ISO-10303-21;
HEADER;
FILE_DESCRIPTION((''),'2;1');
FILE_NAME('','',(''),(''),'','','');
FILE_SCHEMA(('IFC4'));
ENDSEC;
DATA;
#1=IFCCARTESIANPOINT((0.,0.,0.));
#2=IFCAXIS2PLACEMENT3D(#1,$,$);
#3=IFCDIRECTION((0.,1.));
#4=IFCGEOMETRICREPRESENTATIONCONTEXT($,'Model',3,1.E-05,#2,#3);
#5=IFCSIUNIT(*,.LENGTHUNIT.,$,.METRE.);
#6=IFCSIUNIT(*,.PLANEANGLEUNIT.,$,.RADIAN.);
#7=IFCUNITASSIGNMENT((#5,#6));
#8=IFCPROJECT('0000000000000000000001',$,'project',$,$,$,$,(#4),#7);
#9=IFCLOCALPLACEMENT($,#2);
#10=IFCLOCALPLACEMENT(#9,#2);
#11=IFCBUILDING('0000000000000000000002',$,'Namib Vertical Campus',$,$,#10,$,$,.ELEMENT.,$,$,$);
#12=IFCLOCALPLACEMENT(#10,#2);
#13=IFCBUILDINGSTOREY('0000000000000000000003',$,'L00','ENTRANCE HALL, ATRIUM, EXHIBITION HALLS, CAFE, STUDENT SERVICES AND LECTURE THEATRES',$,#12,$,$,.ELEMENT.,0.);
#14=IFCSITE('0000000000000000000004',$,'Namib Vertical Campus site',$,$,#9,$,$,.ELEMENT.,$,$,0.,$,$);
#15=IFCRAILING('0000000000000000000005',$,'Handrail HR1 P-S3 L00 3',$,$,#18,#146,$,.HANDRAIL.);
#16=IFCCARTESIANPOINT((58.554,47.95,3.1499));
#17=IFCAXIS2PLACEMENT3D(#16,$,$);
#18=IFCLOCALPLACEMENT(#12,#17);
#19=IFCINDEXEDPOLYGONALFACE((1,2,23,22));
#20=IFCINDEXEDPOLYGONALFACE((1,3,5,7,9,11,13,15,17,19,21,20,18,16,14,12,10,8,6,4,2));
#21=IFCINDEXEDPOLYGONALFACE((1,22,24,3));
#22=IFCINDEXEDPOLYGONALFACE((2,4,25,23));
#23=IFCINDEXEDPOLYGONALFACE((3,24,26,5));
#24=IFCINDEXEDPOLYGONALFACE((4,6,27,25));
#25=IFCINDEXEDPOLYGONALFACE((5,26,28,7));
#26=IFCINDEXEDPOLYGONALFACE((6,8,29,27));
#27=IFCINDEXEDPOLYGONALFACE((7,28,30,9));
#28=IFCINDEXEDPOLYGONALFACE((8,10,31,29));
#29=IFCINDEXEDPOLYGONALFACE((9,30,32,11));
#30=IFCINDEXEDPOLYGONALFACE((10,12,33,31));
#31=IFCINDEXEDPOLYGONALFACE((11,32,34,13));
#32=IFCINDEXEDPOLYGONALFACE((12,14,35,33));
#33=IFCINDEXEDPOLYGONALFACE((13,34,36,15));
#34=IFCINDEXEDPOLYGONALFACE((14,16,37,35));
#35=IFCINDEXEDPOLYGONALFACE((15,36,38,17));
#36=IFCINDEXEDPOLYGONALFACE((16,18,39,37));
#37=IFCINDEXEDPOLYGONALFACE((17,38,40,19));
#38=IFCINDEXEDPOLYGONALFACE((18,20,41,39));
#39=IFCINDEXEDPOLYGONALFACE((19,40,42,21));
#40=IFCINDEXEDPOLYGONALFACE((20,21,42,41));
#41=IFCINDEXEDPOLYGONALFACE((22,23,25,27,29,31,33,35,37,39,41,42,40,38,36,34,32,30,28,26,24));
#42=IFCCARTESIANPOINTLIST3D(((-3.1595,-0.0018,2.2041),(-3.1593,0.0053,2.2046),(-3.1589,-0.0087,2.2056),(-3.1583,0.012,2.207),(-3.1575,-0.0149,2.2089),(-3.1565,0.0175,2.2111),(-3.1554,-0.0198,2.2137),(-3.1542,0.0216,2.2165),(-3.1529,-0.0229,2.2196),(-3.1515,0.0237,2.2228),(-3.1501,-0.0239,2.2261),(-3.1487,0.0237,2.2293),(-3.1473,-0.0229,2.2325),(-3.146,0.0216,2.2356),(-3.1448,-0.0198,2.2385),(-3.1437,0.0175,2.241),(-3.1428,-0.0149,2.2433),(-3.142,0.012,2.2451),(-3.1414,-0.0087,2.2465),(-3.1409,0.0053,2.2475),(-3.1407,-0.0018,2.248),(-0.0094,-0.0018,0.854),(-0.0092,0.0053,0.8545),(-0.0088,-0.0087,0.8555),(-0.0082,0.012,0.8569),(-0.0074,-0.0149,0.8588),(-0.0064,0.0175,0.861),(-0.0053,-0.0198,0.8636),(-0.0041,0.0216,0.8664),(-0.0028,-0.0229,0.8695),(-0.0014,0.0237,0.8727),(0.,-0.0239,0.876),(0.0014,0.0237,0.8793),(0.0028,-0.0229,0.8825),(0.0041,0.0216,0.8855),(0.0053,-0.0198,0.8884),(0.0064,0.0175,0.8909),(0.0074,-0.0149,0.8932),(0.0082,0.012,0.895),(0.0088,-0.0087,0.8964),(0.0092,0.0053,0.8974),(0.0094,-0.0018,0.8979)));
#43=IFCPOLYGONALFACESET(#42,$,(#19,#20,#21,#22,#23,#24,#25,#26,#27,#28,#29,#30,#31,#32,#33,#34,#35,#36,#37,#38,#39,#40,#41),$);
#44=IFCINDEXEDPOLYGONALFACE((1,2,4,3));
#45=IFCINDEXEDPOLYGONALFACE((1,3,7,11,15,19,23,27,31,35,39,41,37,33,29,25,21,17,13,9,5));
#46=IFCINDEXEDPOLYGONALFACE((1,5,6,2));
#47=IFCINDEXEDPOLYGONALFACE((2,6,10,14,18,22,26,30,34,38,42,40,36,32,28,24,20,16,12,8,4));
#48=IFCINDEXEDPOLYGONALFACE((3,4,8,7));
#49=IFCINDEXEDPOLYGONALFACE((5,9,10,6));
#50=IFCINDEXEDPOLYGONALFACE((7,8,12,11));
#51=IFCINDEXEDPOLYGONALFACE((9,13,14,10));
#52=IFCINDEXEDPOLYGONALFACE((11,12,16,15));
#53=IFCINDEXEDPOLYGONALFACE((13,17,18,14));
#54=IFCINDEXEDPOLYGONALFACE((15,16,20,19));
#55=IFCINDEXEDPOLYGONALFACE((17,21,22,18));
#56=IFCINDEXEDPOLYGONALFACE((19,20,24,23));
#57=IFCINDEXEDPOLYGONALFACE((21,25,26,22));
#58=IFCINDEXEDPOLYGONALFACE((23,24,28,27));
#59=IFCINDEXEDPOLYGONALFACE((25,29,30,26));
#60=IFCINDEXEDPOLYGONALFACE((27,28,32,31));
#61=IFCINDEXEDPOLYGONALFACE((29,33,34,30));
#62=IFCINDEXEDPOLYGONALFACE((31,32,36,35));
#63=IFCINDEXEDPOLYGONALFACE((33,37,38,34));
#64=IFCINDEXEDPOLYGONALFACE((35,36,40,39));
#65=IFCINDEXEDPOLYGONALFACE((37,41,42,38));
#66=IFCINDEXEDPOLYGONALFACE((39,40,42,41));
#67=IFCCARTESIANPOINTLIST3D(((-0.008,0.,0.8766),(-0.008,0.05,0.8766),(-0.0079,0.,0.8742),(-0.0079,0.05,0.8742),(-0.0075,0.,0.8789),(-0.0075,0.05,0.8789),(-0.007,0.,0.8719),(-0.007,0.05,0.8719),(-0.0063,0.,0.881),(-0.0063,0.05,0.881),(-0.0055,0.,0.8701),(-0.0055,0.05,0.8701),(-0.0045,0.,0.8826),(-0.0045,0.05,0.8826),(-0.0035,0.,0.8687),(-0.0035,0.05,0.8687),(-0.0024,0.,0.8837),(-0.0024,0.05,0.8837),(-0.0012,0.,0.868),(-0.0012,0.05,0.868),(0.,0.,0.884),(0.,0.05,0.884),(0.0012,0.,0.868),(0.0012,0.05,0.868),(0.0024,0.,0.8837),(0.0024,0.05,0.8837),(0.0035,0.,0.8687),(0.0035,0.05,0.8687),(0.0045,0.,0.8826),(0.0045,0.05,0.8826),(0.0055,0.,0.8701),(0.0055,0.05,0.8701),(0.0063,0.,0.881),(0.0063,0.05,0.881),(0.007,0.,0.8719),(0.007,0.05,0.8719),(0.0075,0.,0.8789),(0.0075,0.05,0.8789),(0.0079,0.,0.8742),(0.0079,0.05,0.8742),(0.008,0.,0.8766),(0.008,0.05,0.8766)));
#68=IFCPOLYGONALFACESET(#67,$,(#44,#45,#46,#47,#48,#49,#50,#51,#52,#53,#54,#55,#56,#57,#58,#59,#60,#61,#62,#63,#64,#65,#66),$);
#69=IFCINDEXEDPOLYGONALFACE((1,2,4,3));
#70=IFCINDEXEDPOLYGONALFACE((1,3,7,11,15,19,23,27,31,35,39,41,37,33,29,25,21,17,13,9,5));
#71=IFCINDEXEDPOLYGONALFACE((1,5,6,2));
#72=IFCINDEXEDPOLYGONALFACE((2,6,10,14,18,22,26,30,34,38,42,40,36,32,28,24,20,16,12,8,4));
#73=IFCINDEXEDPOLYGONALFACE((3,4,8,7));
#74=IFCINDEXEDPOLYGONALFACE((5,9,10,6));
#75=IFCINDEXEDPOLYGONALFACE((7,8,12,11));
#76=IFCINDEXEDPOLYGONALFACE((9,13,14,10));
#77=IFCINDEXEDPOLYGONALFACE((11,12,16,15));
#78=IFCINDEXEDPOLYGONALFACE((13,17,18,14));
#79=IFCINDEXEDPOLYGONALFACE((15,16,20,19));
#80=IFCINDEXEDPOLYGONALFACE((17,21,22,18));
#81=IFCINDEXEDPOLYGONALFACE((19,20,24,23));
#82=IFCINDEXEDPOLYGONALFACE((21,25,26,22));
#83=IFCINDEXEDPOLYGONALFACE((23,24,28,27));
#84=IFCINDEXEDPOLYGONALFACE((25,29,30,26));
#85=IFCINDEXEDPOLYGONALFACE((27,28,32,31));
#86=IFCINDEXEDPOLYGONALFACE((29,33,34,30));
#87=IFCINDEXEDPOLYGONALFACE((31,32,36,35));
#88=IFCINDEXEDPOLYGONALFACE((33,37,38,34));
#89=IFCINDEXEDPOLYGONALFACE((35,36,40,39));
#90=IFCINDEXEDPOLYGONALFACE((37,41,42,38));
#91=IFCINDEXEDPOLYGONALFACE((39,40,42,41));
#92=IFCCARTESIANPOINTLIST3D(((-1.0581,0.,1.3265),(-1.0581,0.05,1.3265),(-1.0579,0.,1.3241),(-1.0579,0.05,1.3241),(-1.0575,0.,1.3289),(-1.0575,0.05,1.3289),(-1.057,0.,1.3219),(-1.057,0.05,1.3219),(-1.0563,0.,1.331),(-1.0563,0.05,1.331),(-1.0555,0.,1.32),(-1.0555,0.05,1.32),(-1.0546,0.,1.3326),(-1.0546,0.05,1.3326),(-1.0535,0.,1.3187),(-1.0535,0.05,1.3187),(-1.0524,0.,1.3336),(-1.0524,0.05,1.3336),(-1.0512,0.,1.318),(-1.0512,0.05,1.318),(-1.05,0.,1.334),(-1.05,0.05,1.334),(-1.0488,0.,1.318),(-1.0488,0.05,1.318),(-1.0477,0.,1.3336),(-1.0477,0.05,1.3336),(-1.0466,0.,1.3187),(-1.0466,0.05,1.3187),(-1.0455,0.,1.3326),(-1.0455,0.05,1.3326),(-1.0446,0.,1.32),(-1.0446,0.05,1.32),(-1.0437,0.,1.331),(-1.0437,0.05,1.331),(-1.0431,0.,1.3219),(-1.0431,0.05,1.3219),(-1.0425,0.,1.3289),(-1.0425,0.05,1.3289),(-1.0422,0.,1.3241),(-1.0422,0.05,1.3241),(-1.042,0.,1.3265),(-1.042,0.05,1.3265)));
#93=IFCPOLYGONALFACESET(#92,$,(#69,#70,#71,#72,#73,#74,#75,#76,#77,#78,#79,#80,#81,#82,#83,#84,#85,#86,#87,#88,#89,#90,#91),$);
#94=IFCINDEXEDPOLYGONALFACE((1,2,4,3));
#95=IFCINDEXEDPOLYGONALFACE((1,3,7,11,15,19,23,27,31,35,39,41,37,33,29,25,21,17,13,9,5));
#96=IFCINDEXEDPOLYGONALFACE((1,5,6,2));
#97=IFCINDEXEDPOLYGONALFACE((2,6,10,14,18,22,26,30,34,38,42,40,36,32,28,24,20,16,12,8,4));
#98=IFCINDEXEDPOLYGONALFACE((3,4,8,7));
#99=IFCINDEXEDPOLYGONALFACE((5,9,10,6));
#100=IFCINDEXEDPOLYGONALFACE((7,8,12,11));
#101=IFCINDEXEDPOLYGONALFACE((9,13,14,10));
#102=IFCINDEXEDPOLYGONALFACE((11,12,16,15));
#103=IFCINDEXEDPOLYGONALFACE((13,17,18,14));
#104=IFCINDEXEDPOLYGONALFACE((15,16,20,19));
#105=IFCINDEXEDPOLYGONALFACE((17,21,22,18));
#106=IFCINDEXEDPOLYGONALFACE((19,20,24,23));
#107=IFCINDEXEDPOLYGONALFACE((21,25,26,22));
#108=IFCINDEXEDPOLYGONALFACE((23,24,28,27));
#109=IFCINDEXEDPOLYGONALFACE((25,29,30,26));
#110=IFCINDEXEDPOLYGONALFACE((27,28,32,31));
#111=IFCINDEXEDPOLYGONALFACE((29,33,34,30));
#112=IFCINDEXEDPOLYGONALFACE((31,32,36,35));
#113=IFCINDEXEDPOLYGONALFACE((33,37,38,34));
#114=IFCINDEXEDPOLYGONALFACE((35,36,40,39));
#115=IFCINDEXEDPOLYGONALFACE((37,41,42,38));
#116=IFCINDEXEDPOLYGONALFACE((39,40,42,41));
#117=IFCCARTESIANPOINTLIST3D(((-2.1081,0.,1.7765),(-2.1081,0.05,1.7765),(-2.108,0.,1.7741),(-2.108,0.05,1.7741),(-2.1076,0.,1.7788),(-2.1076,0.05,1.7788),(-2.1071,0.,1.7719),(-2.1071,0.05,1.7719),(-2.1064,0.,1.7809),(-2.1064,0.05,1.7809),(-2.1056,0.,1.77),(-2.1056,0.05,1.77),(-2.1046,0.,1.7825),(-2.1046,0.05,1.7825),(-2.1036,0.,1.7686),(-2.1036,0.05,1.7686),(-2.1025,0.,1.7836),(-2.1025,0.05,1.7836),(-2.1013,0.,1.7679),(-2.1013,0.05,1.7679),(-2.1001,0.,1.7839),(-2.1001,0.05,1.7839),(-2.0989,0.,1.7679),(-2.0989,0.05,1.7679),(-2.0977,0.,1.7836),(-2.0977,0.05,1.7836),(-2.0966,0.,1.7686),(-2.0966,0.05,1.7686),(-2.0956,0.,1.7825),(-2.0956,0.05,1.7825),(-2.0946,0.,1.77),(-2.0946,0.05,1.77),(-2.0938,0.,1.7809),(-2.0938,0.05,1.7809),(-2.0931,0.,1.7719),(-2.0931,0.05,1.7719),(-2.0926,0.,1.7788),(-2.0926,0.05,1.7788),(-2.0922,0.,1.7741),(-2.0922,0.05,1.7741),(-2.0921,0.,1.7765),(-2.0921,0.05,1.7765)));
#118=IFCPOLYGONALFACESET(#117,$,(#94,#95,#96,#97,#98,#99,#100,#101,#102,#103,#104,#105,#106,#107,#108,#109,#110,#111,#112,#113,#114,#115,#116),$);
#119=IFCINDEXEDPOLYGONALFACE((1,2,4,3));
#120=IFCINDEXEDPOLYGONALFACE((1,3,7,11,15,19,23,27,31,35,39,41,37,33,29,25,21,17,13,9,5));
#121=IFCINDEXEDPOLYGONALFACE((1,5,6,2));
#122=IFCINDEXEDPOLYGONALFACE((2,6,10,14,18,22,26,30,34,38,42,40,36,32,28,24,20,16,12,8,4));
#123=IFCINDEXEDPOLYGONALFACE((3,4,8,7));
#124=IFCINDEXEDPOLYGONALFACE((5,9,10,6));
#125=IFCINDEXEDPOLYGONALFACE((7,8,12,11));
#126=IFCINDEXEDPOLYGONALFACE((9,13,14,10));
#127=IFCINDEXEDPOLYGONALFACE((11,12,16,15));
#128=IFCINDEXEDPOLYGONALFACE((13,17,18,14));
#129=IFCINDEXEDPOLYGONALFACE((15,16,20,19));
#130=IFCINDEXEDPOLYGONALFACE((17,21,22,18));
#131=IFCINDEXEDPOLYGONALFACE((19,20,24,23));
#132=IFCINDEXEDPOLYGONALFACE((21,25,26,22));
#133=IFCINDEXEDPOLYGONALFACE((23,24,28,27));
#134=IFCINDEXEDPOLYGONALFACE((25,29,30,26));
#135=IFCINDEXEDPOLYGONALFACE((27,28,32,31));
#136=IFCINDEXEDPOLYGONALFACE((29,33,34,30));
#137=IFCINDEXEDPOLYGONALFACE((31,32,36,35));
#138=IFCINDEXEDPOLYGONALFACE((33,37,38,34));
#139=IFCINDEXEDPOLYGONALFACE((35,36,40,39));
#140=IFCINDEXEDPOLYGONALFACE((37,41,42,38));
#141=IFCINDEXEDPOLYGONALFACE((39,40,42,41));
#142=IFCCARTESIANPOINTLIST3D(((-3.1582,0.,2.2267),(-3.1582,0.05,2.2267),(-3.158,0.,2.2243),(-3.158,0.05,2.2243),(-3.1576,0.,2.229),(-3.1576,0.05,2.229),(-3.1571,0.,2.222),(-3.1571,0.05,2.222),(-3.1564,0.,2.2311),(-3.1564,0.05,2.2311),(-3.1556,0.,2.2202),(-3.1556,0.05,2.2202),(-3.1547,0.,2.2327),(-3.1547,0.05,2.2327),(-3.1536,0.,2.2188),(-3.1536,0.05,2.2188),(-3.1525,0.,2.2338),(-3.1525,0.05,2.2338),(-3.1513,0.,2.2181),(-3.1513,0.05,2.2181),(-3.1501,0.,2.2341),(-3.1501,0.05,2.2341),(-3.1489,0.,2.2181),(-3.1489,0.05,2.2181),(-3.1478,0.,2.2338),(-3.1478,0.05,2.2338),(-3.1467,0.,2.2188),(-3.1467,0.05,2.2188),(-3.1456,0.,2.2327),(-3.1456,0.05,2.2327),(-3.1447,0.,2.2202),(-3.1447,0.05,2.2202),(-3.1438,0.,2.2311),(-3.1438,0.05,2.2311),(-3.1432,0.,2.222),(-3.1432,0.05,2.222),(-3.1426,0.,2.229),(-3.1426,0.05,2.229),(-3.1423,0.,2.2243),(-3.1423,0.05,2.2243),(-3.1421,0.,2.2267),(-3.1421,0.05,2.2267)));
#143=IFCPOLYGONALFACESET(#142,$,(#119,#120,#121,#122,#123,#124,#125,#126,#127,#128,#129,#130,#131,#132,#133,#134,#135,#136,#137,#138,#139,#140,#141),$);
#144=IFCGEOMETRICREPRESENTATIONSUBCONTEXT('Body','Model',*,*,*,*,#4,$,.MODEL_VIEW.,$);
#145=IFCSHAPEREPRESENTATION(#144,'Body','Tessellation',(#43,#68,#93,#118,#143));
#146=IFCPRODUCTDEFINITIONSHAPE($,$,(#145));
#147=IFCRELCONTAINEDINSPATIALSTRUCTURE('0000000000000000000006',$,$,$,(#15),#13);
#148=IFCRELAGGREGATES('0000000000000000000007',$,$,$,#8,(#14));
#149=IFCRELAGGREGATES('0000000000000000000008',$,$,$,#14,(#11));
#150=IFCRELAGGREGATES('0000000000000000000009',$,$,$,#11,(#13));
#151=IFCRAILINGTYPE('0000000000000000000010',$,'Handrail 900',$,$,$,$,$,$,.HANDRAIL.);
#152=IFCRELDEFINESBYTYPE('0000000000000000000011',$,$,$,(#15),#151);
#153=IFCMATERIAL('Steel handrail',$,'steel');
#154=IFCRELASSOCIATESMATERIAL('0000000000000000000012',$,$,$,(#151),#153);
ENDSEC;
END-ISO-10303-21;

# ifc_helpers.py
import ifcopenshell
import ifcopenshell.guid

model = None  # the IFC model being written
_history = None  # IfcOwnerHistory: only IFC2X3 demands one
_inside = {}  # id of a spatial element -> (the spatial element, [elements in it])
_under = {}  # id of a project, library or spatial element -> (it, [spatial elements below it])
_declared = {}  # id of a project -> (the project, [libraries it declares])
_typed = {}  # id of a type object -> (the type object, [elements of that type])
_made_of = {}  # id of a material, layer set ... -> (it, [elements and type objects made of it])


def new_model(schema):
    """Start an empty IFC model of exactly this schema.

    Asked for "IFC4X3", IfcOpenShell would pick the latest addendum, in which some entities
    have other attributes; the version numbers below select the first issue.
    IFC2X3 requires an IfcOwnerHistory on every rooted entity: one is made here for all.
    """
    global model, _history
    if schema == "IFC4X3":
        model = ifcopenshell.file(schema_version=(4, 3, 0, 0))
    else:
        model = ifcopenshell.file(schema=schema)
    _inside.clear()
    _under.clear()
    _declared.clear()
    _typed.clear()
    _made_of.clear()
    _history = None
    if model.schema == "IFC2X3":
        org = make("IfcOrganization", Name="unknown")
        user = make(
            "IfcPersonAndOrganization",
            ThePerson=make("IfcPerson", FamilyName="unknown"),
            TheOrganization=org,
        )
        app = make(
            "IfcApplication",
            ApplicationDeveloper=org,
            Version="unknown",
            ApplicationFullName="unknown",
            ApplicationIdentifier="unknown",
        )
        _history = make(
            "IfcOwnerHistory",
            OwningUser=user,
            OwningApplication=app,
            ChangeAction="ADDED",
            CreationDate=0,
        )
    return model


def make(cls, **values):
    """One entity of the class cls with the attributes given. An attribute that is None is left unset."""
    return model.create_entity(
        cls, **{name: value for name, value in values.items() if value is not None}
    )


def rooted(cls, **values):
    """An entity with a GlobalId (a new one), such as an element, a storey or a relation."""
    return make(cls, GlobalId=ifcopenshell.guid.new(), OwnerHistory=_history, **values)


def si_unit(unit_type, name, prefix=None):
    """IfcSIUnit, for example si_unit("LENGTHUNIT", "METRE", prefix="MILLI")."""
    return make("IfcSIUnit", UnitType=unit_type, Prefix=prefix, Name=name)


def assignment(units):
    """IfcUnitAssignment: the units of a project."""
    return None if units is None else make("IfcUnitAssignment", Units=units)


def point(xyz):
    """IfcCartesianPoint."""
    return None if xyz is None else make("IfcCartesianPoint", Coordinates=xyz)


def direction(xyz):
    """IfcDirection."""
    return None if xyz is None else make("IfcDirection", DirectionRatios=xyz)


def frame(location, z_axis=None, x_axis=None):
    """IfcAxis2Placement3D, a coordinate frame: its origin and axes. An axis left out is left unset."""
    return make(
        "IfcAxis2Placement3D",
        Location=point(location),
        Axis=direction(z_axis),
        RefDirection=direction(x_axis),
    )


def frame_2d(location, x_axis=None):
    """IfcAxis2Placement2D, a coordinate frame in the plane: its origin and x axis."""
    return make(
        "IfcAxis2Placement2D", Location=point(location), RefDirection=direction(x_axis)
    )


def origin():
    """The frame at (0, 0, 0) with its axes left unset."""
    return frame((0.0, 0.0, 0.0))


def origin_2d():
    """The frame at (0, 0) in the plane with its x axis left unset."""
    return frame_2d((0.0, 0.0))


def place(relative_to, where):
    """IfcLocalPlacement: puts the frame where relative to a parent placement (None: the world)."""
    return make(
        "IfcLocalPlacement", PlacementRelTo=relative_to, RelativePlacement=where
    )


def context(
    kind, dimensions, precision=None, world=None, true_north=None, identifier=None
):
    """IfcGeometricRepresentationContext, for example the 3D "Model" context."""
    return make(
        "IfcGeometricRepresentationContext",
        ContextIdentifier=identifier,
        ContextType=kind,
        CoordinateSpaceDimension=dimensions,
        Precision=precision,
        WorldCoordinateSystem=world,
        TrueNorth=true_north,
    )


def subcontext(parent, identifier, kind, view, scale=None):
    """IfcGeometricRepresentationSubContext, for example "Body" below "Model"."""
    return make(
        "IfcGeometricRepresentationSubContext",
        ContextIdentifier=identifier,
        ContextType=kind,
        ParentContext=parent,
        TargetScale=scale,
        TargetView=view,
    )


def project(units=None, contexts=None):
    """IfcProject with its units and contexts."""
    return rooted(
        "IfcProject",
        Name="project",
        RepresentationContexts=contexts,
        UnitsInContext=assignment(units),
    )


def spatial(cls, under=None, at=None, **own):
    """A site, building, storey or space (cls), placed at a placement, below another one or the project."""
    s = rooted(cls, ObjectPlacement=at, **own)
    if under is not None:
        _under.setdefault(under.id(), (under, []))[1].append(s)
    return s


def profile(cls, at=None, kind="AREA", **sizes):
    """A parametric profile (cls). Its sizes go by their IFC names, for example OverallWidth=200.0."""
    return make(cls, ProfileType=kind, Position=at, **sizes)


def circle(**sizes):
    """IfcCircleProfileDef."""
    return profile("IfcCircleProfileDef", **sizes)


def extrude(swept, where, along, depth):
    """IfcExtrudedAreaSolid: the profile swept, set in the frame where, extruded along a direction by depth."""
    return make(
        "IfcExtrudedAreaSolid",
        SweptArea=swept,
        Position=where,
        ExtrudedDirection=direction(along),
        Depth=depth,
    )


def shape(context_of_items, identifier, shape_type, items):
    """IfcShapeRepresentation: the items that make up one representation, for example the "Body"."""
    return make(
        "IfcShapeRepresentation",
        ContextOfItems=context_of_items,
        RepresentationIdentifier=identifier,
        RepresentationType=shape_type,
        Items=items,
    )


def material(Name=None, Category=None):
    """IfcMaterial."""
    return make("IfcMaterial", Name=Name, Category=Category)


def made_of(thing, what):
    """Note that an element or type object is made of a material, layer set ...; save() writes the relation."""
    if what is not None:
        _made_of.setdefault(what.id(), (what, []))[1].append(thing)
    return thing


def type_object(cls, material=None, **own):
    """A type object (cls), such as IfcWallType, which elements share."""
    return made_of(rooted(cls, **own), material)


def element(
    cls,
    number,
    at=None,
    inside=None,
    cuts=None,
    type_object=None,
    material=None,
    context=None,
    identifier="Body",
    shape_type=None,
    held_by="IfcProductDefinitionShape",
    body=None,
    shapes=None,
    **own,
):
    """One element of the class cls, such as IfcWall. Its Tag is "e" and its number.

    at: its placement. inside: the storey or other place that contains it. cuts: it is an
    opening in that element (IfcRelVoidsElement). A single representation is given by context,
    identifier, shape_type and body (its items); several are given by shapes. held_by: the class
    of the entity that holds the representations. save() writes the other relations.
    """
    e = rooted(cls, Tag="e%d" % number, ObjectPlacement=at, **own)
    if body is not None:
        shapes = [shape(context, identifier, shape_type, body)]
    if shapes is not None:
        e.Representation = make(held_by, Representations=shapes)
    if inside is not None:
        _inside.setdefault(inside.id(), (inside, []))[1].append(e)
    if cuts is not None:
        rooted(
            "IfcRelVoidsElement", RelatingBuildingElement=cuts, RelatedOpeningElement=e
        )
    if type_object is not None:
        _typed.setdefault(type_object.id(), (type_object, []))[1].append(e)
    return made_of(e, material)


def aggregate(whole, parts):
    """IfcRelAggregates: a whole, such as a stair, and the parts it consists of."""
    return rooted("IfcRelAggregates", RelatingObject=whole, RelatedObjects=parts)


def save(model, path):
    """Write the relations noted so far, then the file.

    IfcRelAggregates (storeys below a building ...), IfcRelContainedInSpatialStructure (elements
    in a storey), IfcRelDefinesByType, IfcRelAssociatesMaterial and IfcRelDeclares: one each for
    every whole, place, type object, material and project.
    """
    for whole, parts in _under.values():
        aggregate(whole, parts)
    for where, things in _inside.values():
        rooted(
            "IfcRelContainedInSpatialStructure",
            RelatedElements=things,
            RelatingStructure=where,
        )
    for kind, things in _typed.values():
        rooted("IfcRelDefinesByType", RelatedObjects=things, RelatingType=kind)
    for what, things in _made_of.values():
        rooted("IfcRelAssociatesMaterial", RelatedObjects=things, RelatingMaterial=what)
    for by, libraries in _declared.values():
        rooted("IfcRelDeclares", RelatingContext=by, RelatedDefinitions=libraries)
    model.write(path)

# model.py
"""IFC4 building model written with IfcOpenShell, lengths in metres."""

from ifc_helpers import new_model, si_unit, direction, frame, origin, origin_2d, place, context, subcontext, project, spatial, circle, extrude, material, type_object, element, save


model = new_model("IFC4")

# Units and contexts
model_context = context("Model", 3, precision=1e-05, world=origin(), true_north=direction((0.0, 1.0)))
body_context = subcontext(model_context, "Body", "Model", "MODEL_VIEW")
ifc_project = project(units=[si_unit("LENGTHUNIT", "METRE"), si_unit("PLANEANGLEUNIT", "RADIAN")], contexts=[model_context])

# Site, building, storey
site_placement = place(None, origin())
site = spatial("IfcSite", under=ifc_project, at=site_placement, Name="Namib Vertical Campus site", CompositionType="ELEMENT", RefElevation=0.0)
building_placement = place(site_placement, origin())
building = spatial("IfcBuilding", under=site, at=building_placement, Name="Namib Vertical Campus", CompositionType="ELEMENT")
storey_placement = place(building_placement, origin())
storey = spatial("IfcBuildingStorey", under=building, at=storey_placement, Name="L00", Description="ENTRANCE HALL, ATRIUM, EXHIBITION HALLS, CAFE, STUDENT SERVICES AND LECTURE THEATRES", CompositionType="ELEMENT", Elevation=0.0)

# Railing
ifc_material_1 = material(Name="Steel handrail", Category="steel")
railing_type_1 = type_object("IfcRailingType", Name="Handrail 900", PredefinedType="HANDRAIL", material=ifc_material_1)
for number, where, name in (
    (1, (58.554, 47.95, 3.1499), "Handrail HR1 P-S3 L00 3"),
):
    element("IfcRailing", number, at=place(storey_placement, frame(where)), inside=storey, type_object=railing_type_1, Name=name, PredefinedType="HANDRAIL", context=body_context, shape_type="SweptSolid", body=[
        extrude(circle(Radius=0.0239, at=origin_2d()), frame((0.0, 0.0, 0.876), z_axis=(-0.919141, 0.0, 0.393928), x_axis=(0.0, -1.0, 0.0)), (0.0, 0.0, 1.0), 3.4272),
        extrude(circle(Radius=0.0081, at=origin_2d()), frame((0.0, 0.0, 0.876), z_axis=(0.0, 1.0, 0.0), x_axis=(0.0, 0.0, 1.0)), (0.0, 0.0, 1.0), 0.05),
        extrude(circle(Radius=0.0081, at=origin_2d()), frame((-1.05, 0.0, 1.3259), z_axis=(0.0, 1.0, 0.0), x_axis=(0.0, 0.0, 1.0)), (0.0, 0.0, 1.0), 0.05),
        extrude(circle(Radius=0.0081, at=origin_2d()), frame((-2.1001, 0.0, 1.7759), z_axis=(0.0, 1.0, 0.0), x_axis=(0.0, 0.0, 1.0)), (0.0, 0.0, 1.0), 0.05),
        extrude(circle(Radius=0.0081, at=origin_2d()), frame((-3.1501, 0.0, 2.2261), z_axis=(0.0, 1.0, 0.0), x_axis=(0.0, 0.0, 1.0)), (0.0, 0.0, 1.0), 0.05),
    ])

save(model, "model.ifc")
